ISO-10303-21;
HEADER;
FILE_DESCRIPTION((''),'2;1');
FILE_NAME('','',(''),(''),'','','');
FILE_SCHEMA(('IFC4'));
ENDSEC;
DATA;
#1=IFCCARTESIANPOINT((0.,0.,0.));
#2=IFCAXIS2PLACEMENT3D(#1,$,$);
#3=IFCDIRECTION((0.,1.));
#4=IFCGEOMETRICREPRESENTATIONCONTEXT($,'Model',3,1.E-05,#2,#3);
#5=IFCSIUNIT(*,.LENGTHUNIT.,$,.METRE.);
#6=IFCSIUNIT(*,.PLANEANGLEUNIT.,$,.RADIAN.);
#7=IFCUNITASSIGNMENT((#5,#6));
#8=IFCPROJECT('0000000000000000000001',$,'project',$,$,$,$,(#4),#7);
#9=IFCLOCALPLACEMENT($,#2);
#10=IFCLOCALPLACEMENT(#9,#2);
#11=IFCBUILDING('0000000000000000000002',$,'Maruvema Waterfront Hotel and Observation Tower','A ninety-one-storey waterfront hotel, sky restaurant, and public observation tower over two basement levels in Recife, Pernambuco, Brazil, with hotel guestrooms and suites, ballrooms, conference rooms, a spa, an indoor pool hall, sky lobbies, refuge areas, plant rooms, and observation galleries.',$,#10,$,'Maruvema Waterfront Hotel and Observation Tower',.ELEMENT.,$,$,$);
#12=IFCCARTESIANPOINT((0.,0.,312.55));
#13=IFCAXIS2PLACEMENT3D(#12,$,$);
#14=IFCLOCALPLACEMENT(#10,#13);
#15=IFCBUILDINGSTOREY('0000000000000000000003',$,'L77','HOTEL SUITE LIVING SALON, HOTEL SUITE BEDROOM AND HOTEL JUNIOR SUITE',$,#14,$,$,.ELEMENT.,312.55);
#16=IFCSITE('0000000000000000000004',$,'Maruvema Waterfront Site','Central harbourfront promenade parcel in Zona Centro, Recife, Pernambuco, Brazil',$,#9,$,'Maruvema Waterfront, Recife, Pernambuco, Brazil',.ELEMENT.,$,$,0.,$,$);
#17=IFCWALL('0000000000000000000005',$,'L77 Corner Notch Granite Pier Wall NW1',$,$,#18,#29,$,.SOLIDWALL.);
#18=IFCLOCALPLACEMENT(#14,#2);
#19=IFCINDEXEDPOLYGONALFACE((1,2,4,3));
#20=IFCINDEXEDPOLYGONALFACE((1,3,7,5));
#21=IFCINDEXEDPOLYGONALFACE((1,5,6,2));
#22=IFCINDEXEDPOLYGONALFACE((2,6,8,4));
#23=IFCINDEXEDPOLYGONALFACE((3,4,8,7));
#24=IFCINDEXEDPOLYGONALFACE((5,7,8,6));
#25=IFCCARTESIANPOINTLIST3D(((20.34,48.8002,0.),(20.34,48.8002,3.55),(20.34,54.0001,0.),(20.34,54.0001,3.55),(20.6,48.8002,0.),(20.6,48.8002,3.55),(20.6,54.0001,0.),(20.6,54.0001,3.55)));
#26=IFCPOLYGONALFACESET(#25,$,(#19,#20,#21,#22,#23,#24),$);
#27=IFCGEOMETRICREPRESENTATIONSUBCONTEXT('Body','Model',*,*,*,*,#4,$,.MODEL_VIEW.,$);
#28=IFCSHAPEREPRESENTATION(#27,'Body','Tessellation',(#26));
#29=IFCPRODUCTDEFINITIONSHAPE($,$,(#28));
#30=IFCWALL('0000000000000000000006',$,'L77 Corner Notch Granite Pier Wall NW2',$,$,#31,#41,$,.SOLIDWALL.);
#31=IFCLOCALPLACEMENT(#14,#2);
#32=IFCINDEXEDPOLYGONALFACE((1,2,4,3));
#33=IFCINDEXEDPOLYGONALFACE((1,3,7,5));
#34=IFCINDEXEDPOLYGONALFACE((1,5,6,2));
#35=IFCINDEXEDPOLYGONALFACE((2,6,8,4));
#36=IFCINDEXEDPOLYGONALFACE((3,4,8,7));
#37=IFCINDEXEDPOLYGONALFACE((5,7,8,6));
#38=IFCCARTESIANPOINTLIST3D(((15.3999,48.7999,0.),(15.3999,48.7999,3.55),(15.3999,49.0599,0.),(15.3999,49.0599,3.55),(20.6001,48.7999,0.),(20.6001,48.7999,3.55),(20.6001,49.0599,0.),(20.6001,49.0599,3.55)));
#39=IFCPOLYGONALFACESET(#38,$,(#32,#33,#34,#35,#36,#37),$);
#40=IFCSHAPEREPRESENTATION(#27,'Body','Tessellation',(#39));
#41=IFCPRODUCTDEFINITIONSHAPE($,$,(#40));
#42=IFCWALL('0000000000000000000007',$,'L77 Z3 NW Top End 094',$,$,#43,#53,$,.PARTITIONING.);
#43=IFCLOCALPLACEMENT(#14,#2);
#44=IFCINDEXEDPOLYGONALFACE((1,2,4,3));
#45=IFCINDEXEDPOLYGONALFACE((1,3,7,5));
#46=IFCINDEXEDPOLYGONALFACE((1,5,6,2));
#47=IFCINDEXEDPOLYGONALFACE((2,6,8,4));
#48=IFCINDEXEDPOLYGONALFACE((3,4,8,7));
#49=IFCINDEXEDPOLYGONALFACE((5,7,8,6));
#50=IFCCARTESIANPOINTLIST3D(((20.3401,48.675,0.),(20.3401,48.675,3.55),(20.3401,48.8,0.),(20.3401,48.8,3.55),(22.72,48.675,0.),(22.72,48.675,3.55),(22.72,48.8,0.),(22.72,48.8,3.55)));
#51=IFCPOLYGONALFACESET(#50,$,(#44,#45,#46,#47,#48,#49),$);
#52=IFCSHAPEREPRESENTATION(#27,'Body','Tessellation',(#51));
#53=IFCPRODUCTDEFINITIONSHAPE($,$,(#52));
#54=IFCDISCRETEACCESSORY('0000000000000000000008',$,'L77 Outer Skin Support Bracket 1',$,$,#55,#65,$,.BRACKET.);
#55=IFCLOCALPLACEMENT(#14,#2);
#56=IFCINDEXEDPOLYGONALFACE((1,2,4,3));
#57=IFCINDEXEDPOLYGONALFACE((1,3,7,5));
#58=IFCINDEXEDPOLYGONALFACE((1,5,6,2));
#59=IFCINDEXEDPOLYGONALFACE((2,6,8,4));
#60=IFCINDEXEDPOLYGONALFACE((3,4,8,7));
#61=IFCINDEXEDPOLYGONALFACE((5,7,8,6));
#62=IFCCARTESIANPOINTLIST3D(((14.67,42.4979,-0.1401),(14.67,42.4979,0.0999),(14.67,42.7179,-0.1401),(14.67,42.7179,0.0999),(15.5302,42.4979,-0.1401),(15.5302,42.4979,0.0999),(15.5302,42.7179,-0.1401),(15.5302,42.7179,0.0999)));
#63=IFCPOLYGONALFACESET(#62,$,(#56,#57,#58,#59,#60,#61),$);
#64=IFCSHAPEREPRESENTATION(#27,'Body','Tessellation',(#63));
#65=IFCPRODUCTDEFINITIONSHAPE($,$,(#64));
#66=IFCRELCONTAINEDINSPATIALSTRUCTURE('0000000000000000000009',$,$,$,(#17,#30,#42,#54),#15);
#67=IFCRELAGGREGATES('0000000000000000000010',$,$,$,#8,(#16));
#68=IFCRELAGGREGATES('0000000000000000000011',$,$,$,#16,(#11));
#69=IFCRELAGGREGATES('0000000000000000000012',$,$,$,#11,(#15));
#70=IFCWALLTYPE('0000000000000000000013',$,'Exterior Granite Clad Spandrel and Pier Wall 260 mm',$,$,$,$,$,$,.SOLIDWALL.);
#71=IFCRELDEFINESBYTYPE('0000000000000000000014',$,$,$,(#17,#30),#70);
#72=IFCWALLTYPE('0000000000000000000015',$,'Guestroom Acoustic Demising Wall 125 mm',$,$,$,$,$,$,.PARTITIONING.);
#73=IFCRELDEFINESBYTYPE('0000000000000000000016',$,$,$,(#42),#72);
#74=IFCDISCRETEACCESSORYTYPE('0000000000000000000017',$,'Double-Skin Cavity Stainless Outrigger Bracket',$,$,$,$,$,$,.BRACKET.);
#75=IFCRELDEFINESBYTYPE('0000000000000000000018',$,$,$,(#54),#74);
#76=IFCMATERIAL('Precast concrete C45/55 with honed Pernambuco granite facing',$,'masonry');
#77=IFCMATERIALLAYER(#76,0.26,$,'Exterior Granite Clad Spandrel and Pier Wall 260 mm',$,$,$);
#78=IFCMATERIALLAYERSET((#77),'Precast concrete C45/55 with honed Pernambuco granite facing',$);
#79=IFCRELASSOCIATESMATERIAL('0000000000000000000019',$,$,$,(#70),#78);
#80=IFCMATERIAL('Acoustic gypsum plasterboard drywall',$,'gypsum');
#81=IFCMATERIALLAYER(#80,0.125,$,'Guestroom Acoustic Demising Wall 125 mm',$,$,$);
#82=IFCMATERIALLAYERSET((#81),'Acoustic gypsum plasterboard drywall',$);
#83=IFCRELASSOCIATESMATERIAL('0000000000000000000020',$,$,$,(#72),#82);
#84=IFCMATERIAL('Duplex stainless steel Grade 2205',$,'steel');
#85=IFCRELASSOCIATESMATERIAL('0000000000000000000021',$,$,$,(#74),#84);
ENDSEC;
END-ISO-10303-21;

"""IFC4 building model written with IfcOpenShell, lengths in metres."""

from ifc_helpers import new_model, si_unit, direction, frame, frame_2d, origin, origin_2d, place, context, subcontext, project, spatial, rectangle, extrude, material, layer, layer_set, type_object, element, save


model = new_model("IFC4")

# Units and contexts
model_context = context("Model", 3, precision=1e-05, world=origin(), true_north=direction((0.0, 1.0)))
body_context = subcontext(model_context, "Body", "Model", "MODEL_VIEW")
ifc_project = project(units=[si_unit("LENGTHUNIT", "METRE"), si_unit("PLANEANGLEUNIT", "RADIAN")], contexts=[model_context])

# Site, building, storey
site_placement = place(None, origin())
site = spatial("IfcSite", under=ifc_project, at=site_placement, Name="Maruvema Waterfront Site", Description="Central harbourfront promenade parcel in Zona Centro, Recife, Pernambuco, Brazil", LongName="Maruvema Waterfront, Recife, Pernambuco, Brazil", CompositionType="ELEMENT", RefElevation=0.0)
building_placement = place(site_placement, origin())
building = spatial("IfcBuilding", under=site, at=building_placement, Name="Maruvema Waterfront Hotel and Observation Tower", Description="A ninety-one-storey waterfront hotel, sky restaurant, and public observation tower over two basement levels in Recife, Pernambuco, Brazil, with hotel guestrooms and suites, ballrooms, conference rooms, a spa, an indoor pool hall, sky lobbies, refuge areas, plant rooms, and observation galleries.", LongName="Maruvema Waterfront Hotel and Observation Tower", CompositionType="ELEMENT")
storey_placement = place(building_placement, frame((0.0, 0.0, 312.55)))
storey = spatial("IfcBuildingStorey", under=building, at=storey_placement, Name="L77", Description="HOTEL SUITE LIVING SALON, HOTEL SUITE BEDROOM AND HOTEL JUNIOR SUITE", CompositionType="ELEMENT", Elevation=312.55)

# Walls
ifc_material_1 = material(Name="Precast concrete C45/55 with honed Pernambuco granite facing", Category="masonry")
ifc_layer_1 = layer(ifc_material_1, 0.26, Name="Exterior Granite Clad Spandrel and Pier Wall 260 mm")
ifc_layer_set_1 = layer_set([ifc_layer_1], Name="Precast concrete C45/55 with honed Pernambuco granite facing")
wall_type_1 = type_object("IfcWallType", Name="Exterior Granite Clad Spandrel and Pier Wall 260 mm", PredefinedType="SOLIDWALL", material=ifc_layer_set_1)
wall_1_placement = place(storey_placement, frame((20.47, 48.8, 0.0), z_axis=(0.0, 0.0, 1.0), x_axis=(0.0, 1.0, 0.0)))
element("IfcWall", 1, at=wall_1_placement, inside=storey, type_object=wall_type_1, Name="L77 Corner Notch Granite Pier Wall NW1", PredefinedType="SOLIDWALL", context=body_context, shape_type="SweptSolid", body=[
    extrude(rectangle(XDim=5.2, YDim=0.26, at=frame_2d((2.6001, 0.0))), origin(), (0.0, 0.0, 1.0), 3.55),
])
wall_2_placement = place(storey_placement, frame((15.3999, 48.9299, 0.0), z_axis=(0.0, 0.0, 1.0), x_axis=(1.0, 0.0, 0.0)))
element("IfcWall", 2, at=wall_2_placement, inside=storey, type_object=wall_type_1, Name="L77 Corner Notch Granite Pier Wall NW2", PredefinedType="SOLIDWALL", context=body_context, shape_type="SweptSolid", body=[
    extrude(rectangle(XDim=5.2002, YDim=0.26, at=frame_2d((2.6001, 0.0))), origin(), (0.0, 0.0, 1.0), 3.55),
])
ifc_material_2 = material(Name="Acoustic gypsum plasterboard drywall", Category="gypsum")
ifc_layer_2 = layer(ifc_material_2, 0.125, Name="Guestroom Acoustic Demising Wall 125 mm")
ifc_layer_set_2 = layer_set([ifc_layer_2], Name="Acoustic gypsum plasterboard drywall")
wall_type_2 = type_object("IfcWallType", Name="Guestroom Acoustic Demising Wall 125 mm", PredefinedType="PARTITIONING", material=ifc_layer_set_2)
wall_3_placement = place(storey_placement, frame((20.3401, 48.7375, 0.0), z_axis=(0.0, 0.0, 1.0), x_axis=(1.0, 0.0, 0.0)))
element("IfcWall", 3, at=wall_3_placement, inside=storey, type_object=wall_type_2, Name="L77 Z3 NW Top End 094", PredefinedType="PARTITIONING", context=body_context, shape_type="SweptSolid", body=[
    extrude(rectangle(XDim=2.3799, YDim=0.125, at=frame_2d((1.1899, 0.0))), origin(), (0.0, 0.0, 1.0), 3.55),
])

# Discrete accessory
ifc_material_3 = material(Name="Duplex stainless steel Grade 2205", Category="steel")
discrete_accessory_type = type_object("IfcDiscreteAccessoryType", Name="Double-Skin Cavity Stainless Outrigger Bracket", PredefinedType="BRACKET", material=ifc_material_3)
discrete_accessory_placement = place(storey_placement, frame((15.1001, 42.6079, -0.1401), z_axis=(0.0, 0.0, 1.0), x_axis=(0.0, -1.0, 0.0)))
element("IfcDiscreteAccessory", 4, at=discrete_accessory_placement, inside=storey, type_object=discrete_accessory_type, Name="L77 Outer Skin Support Bracket 1", PredefinedType="BRACKET", context=body_context, shape_type="SweptSolid", body=[
    extrude(rectangle(XDim=0.22, YDim=0.8601, at=origin_2d()), origin(), (0.0, 0.0, 1.0), 0.24),
])

save(model, "model.ifc")
